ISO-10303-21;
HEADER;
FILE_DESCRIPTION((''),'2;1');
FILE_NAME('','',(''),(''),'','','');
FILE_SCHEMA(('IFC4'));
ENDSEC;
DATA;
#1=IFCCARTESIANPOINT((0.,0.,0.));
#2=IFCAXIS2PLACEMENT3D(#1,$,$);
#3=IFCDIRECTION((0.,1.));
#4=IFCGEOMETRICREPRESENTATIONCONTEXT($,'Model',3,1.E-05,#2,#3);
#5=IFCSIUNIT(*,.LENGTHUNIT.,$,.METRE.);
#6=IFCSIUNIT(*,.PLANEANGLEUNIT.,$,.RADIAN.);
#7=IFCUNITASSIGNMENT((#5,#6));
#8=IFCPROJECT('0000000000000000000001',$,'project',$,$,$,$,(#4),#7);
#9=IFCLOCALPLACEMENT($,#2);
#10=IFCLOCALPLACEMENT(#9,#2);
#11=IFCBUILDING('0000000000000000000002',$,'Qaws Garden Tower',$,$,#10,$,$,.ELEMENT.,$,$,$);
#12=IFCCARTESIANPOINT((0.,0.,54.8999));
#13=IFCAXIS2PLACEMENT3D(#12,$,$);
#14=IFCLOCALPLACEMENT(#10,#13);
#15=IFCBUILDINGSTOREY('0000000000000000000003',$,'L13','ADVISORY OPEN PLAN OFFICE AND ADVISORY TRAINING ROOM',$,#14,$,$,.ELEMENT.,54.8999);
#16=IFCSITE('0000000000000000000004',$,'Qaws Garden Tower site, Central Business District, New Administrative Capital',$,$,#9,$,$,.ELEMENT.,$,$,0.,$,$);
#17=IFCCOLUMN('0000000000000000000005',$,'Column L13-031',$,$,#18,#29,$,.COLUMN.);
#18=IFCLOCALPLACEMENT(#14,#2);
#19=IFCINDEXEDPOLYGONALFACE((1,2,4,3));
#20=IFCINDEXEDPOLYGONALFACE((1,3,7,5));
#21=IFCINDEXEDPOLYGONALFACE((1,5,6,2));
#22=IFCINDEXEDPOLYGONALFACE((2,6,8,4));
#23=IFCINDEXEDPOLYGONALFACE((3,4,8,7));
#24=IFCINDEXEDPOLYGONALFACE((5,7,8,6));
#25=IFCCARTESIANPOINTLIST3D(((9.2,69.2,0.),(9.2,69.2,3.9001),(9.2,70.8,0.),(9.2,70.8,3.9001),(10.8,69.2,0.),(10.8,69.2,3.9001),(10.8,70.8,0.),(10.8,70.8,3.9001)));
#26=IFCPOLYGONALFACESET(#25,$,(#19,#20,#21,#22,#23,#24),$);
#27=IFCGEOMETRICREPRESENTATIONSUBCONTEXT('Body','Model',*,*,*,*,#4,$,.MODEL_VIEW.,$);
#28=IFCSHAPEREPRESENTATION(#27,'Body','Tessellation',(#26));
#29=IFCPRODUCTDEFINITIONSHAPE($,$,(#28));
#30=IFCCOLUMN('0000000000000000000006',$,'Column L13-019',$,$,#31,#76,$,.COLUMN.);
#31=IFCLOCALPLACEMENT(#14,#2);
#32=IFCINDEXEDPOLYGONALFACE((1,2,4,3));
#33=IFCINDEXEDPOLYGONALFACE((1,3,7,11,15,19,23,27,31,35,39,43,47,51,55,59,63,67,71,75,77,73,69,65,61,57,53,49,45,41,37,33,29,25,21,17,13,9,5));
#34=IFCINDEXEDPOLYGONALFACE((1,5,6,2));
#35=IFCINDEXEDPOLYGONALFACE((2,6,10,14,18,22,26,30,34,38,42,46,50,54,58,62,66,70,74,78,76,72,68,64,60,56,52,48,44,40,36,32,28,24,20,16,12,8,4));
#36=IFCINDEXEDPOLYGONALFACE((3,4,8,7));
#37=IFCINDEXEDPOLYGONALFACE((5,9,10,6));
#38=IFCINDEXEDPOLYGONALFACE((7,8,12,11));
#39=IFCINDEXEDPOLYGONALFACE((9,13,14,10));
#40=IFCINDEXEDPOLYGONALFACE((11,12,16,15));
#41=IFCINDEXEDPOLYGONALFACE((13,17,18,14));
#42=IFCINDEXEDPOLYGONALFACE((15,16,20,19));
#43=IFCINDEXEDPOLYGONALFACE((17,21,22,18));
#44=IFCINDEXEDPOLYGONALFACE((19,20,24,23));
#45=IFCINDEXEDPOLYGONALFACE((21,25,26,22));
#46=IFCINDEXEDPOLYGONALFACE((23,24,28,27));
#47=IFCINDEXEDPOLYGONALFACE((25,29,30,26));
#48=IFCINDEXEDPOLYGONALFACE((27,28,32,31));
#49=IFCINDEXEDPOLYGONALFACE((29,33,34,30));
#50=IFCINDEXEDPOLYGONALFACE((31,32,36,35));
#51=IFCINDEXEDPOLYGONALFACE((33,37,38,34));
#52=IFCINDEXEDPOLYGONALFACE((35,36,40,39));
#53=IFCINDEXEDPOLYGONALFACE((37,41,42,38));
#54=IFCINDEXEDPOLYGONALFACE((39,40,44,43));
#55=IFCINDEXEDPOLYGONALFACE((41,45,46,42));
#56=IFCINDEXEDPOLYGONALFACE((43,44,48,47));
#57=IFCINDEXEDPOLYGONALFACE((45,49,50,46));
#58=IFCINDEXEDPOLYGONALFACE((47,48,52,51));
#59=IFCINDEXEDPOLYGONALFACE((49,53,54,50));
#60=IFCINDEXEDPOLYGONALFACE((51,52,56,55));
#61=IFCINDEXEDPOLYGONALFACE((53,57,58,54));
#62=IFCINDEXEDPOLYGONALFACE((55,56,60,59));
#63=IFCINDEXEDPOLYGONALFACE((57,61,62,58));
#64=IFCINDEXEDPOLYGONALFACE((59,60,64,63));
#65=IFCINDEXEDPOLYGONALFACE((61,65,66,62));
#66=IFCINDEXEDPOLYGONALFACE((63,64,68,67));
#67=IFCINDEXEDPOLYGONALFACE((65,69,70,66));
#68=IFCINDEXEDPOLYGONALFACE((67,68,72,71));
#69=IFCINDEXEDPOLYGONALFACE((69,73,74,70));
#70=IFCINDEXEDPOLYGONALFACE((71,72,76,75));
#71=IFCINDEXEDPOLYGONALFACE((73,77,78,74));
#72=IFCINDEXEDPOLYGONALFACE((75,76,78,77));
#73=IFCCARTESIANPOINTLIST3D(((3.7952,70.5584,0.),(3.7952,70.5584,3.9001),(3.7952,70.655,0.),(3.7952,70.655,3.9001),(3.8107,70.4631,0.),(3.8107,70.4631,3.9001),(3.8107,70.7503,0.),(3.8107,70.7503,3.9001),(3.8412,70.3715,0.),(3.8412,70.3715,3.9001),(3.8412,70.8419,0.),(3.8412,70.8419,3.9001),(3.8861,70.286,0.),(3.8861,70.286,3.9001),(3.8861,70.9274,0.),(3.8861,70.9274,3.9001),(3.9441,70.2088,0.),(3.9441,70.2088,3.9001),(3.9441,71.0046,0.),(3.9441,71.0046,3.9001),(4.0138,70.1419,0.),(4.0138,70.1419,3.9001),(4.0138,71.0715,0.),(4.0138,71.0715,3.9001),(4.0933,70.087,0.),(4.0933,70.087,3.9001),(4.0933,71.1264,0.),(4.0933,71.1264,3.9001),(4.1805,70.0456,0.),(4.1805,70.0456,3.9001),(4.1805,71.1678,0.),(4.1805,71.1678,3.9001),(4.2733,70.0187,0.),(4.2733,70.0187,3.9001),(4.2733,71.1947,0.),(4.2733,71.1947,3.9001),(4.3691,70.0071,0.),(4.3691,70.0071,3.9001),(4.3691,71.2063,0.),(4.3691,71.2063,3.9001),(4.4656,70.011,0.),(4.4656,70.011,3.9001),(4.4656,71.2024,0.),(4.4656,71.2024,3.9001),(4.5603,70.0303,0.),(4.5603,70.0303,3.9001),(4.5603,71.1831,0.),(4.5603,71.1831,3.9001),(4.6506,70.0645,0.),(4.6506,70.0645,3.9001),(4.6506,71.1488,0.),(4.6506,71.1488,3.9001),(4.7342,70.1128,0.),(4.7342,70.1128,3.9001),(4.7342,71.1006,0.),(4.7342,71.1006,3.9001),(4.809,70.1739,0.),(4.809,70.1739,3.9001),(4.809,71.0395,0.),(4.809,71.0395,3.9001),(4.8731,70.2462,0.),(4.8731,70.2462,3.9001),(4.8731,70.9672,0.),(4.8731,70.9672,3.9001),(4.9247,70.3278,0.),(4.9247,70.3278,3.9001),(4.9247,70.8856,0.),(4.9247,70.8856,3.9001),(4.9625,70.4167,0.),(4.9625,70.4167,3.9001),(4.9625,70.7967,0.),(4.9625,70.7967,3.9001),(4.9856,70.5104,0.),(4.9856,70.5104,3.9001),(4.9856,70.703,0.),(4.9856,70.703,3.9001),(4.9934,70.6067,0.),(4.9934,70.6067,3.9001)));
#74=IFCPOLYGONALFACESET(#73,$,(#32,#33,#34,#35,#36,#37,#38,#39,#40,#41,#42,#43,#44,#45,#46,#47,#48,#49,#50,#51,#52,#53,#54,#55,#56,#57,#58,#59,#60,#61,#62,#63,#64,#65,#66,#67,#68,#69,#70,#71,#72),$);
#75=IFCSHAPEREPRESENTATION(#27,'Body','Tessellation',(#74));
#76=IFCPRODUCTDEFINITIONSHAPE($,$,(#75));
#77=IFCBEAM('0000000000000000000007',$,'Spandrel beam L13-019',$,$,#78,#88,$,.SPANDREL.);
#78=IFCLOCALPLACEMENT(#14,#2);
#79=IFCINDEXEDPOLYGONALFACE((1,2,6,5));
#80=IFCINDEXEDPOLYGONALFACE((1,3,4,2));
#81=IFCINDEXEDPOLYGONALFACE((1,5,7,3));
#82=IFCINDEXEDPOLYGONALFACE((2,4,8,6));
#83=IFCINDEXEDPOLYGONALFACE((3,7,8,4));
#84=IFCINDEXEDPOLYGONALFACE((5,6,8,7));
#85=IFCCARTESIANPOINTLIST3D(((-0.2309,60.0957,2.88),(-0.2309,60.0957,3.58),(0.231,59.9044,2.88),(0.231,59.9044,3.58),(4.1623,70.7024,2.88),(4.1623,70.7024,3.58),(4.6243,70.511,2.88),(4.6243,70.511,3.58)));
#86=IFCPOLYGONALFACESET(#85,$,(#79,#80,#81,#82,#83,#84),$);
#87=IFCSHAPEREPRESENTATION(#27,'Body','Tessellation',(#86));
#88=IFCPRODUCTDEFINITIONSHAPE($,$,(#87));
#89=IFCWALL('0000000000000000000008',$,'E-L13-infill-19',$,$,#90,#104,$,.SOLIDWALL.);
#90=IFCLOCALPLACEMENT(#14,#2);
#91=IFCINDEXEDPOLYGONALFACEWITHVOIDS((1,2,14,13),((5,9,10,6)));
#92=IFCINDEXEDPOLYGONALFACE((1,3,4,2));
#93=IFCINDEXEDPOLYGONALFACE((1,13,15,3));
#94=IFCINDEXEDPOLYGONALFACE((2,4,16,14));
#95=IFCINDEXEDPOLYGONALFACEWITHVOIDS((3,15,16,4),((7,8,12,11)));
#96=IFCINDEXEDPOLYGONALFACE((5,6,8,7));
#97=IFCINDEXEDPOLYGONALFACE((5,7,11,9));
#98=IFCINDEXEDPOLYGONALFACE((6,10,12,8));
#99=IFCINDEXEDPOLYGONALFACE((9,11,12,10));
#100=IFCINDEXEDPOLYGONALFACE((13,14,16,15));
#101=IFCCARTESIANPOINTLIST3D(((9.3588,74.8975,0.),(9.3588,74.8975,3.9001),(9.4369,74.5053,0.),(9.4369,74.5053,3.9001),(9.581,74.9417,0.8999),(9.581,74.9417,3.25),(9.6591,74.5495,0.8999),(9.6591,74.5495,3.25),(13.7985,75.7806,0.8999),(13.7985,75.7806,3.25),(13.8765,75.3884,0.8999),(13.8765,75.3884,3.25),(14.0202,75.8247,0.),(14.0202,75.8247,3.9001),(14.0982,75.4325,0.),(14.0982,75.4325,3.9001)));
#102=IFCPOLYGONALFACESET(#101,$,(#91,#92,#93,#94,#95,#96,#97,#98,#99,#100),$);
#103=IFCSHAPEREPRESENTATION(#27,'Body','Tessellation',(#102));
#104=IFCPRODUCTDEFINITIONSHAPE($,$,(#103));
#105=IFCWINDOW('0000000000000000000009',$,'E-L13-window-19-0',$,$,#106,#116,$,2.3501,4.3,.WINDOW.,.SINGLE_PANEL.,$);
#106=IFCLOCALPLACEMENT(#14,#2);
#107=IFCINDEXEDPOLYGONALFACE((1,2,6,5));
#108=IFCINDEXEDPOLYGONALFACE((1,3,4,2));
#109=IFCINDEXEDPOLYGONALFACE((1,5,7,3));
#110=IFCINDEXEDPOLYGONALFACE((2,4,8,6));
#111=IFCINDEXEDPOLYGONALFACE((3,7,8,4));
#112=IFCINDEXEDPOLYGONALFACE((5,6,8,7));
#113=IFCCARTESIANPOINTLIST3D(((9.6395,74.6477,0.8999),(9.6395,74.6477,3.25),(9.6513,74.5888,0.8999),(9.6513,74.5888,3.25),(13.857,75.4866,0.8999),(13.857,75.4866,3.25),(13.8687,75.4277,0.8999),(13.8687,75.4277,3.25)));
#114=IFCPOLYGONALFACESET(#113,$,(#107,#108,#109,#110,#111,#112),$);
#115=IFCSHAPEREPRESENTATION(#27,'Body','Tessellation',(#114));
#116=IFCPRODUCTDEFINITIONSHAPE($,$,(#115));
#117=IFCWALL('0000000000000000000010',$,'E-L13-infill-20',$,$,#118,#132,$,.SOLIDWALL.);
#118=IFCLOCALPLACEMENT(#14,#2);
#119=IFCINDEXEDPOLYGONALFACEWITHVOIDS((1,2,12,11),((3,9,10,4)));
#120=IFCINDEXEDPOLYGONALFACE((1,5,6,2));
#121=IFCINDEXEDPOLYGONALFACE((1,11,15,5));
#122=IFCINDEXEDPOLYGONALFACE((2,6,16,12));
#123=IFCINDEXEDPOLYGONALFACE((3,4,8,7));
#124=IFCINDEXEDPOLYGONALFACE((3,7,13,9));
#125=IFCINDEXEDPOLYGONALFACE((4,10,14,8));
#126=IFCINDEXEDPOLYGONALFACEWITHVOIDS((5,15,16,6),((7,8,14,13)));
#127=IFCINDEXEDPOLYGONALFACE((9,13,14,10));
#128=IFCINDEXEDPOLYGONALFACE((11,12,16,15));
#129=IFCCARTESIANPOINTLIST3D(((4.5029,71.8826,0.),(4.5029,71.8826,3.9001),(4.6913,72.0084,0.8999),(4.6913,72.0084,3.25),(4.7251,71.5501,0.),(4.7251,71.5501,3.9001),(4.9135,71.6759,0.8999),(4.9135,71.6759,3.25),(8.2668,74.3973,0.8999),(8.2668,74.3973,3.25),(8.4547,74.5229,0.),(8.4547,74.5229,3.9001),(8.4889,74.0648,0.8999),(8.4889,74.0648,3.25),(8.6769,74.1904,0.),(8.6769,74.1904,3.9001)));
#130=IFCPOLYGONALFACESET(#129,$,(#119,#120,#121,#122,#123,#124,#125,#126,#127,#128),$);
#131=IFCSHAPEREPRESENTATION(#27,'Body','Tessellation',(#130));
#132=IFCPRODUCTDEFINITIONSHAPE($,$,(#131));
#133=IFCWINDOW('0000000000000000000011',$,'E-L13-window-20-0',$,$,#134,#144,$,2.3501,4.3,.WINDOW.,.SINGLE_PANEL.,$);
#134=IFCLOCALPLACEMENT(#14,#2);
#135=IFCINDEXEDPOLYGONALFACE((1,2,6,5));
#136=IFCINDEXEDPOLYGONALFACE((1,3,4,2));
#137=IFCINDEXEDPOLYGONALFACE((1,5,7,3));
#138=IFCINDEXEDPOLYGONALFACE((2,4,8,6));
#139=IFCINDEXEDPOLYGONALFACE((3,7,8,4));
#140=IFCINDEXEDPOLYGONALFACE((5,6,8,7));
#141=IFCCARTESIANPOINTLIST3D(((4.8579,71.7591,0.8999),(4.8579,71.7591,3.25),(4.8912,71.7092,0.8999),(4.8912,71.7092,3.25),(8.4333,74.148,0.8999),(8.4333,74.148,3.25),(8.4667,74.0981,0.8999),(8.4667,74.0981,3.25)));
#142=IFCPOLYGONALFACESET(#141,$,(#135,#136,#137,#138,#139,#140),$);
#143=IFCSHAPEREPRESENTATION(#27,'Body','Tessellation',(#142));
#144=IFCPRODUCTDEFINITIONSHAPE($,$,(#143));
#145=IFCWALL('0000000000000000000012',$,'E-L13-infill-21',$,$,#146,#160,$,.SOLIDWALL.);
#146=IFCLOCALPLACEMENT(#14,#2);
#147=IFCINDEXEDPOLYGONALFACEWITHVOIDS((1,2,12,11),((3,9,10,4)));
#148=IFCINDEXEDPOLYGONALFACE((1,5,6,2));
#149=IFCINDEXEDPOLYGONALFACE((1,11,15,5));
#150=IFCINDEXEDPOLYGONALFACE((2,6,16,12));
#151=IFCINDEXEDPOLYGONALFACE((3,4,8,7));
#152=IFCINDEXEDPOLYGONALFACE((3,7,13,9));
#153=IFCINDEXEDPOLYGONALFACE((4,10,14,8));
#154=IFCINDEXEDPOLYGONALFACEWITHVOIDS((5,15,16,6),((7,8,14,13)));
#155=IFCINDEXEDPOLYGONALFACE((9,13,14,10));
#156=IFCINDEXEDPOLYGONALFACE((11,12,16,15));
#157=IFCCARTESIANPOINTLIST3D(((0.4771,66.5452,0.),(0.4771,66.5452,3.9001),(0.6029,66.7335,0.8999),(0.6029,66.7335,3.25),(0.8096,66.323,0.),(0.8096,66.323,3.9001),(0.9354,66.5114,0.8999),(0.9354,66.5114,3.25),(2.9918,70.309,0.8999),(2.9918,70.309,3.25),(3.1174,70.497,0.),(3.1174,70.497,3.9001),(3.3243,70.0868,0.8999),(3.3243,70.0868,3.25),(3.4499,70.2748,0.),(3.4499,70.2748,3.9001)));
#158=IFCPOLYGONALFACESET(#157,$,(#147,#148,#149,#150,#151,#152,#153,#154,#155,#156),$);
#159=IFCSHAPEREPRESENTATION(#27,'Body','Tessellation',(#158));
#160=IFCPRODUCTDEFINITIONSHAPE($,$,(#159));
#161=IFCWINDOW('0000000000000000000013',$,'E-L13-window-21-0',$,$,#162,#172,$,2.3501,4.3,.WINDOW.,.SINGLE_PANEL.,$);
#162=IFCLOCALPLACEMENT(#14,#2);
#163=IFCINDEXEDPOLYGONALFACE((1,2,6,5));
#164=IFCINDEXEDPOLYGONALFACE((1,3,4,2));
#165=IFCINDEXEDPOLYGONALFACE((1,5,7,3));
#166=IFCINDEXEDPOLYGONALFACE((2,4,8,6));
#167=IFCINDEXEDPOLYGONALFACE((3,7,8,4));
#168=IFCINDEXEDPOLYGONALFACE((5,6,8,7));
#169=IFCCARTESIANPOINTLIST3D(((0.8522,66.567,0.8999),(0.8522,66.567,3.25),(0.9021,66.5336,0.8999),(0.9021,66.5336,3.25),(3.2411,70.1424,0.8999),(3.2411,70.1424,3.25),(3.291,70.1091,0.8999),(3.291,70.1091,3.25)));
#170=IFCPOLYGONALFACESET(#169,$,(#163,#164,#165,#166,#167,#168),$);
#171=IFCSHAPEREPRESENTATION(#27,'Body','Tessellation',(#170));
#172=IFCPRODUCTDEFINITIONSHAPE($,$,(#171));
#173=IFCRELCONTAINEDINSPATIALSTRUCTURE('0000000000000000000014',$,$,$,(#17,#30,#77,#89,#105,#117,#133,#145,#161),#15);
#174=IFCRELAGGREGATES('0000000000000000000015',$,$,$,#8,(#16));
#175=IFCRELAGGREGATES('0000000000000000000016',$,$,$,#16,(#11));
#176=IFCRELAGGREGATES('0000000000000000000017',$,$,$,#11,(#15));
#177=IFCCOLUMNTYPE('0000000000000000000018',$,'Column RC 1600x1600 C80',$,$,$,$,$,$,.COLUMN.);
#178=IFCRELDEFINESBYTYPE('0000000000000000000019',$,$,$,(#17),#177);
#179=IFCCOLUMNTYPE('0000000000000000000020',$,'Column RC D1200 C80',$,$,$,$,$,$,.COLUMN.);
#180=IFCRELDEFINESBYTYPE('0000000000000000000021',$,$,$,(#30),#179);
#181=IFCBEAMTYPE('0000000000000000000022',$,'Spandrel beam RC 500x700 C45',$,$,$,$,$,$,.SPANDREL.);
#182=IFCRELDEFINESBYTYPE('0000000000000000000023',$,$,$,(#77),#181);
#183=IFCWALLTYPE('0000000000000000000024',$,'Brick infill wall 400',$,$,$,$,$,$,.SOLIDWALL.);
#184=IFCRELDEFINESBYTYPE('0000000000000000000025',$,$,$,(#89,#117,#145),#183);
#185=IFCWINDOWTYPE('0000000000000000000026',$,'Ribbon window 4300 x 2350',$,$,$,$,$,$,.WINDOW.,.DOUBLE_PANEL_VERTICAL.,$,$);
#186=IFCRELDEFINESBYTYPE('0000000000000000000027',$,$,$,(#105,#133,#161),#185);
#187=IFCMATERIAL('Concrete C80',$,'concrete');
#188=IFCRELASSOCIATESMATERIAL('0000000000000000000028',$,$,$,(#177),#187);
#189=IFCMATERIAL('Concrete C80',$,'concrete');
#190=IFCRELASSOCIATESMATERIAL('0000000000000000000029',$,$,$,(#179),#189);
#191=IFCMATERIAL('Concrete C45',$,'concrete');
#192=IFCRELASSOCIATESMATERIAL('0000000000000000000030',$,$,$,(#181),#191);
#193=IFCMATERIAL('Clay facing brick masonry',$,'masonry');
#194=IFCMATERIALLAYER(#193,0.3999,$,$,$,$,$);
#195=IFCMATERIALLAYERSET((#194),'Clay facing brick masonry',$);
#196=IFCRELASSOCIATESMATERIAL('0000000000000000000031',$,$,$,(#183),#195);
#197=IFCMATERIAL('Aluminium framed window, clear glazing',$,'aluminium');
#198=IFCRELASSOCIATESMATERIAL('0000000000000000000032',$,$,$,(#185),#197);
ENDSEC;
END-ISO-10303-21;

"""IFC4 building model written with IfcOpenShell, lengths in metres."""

from ifc_helpers import new_model, si_unit, direction, frame, frame_2d, origin, origin_2d, place, context, subcontext, project, spatial, rectangle, circle, extrude, material, layer, layer_set, material_profile, profile_set, type_object, element, fill, save


model = new_model("IFC4")

# Units and contexts
model_context = context("Model", 3, precision=1e-05, world=origin(), true_north=direction((0.0, 1.0)))
body_context = subcontext(model_context, "Body", "Model", "MODEL_VIEW")
ifc_project = project(units=[si_unit("LENGTHUNIT", "METRE"), si_unit("PLANEANGLEUNIT", "RADIAN")], contexts=[model_context])

# Site, building, storey
site_placement = place(None, origin())
site = spatial("IfcSite", under=ifc_project, at=site_placement, Name="Qaws Garden Tower site, Central Business District, New Administrative Capital", CompositionType="ELEMENT", RefElevation=0.0)
building_placement = place(site_placement, origin())
building = spatial("IfcBuilding", under=site, at=building_placement, Name="Qaws Garden Tower", CompositionType="ELEMENT")
storey_placement = place(building_placement, frame((0.0, 0.0, 54.8999)))
storey = spatial("IfcBuildingStorey", under=building, at=storey_placement, Name="L13", Description="ADVISORY OPEN PLAN OFFICE AND ADVISORY TRAINING ROOM", CompositionType="ELEMENT", Elevation=54.8999)

# Columns
ifc_material_1 = material(Name="Concrete C80", Category="concrete")
ifc_material_profile_1 = material_profile(ifc_material_1, rectangle(XDim=1.6001, YDim=1.6001, at=origin_2d()), Name="RC 1600x1600")
ifc_profile_set_1 = profile_set([ifc_material_profile_1], Name="Concrete C80")
column_type_1 = type_object("IfcColumnType", Name="Column RC 1600x1600 C80", PredefinedType="COLUMN", material=ifc_profile_set_1)
column_1_placement = place(storey_placement, frame((10.0, 70.0, 0.0), z_axis=(0.0, 0.0, 1.0), x_axis=(1.0, 0.0, 0.0)))
element("IfcColumn", 1, at=column_1_placement, inside=storey, type_object=column_type_1, Name="Column L13-031", PredefinedType="COLUMN", context=body_context, shape_type="SweptSolid", body=[
    extrude(rectangle(XDim=1.6001, YDim=1.6001, at=origin_2d()), origin(), (0.0, 0.0, 1.0), 3.9001),
])
ifc_material_2 = material(Name="Concrete C80", Category="concrete")
ifc_material_profile_2 = material_profile(ifc_material_2, circle(Radius=0.6001, at=origin_2d()), Name="RC D1200")
ifc_profile_set_2 = profile_set([ifc_material_profile_2], Name="Concrete C80")
column_type_2 = type_object("IfcColumnType", Name="Column RC D1200 C80", PredefinedType="COLUMN", material=ifc_profile_set_2)
column_2_placement = place(storey_placement, frame((4.3933, 70.6067, 0.0), z_axis=(0.0, 0.0, 1.0), x_axis=(1.0, 0.0, 0.0)))
element("IfcColumn", 2, at=column_2_placement, inside=storey, type_object=column_type_2, Name="Column L13-019", PredefinedType="COLUMN", context=body_context, shape_type="SweptSolid", body=[
    extrude(circle(Radius=0.6001, at=origin_2d()), origin(), (0.0, 0.0, 1.0), 3.9001),
])

# Beam
ifc_material_3 = material(Name="Concrete C45", Category="concrete")
ifc_material_profile_3 = material_profile(ifc_material_3, rectangle(XDim=0.5, YDim=0.7, at=origin_2d()), Name="RC 500x700")
ifc_profile_set_3 = profile_set([ifc_material_profile_3], Name="Concrete C45")
beam_type = type_object("IfcBeamType", Name="Spandrel beam RC 500x700 C45", PredefinedType="SPANDREL", material=ifc_profile_set_3)
beam_placement = place(storey_placement, frame((4.3933, 70.6067, 3.23), z_axis=(-0.382674, -0.923883, 0.0), x_axis=(0.923883, -0.382674, 0.0)))
element("IfcBeam", 3, at=beam_placement, inside=storey, type_object=beam_type, Name="Spandrel beam L13-019", PredefinedType="SPANDREL", context=body_context, shape_type="SweptSolid", body=[
    extrude(rectangle(XDim=0.5, YDim=0.7, at=origin_2d()), origin(), (0.0, 0.0, 1.0), 11.4805),
])

# Walls, openings, windows
ifc_material_4 = material(Name="Clay facing brick masonry", Category="masonry")
ifc_layer_1 = layer(ifc_material_4, 0.3999)
ifc_layer_set_1 = layer_set([ifc_layer_1], Name="Clay facing brick masonry")
wall_type_1 = type_object("IfcWallType", Name="Brick infill wall 400", PredefinedType="SOLIDWALL", material=ifc_layer_set_1)
wall_1_placement = place(storey_placement, frame((14.0593, 75.6287, 0.0), z_axis=(0.0, 0.0, 1.0), x_axis=(-0.980784, -0.195099, 0.0)))
wall_1 = element("IfcWall", 4, at=wall_1_placement, inside=storey, type_object=wall_type_1, Name="E-L13-infill-19", PredefinedType="SOLIDWALL", context=body_context, shape_type="SweptSolid", body=[
    extrude(rectangle(XDim=4.7527, YDim=0.3999, at=frame_2d((2.3765, 0.0))), origin(), (0.0, 0.0, 1.0), 3.9001),
])
opening_1_placement = place(wall_1_placement, frame((0.2263, 0.0, 0.8999)))
opening_1 = element("IfcOpeningElement", 5, at=opening_1_placement, cuts=wall_1, PredefinedType="OPENING", context=body_context, shape_type="SweptSolid", body=[
    extrude(rectangle(XDim=4.3, YDim=2.3501, at=frame_2d((2.1499, 1.175))), frame((0.0, 0.21, 0.0), z_axis=(0.0, -1.0, 0.0), x_axis=(1.0, 0.0, 0.0)), (0.0, 0.0, 1.0), 0.4199),
])
ifc_material_5 = material(Name="Aluminium framed window, clear glazing", Category="aluminium")
window_type = type_object("IfcWindowType", Name="Ribbon window 4300 x 2350", PartitioningType="DOUBLE_PANEL_VERTICAL", PredefinedType="WINDOW", material=ifc_material_5)
window_1_placement = place(opening_1_placement, origin())
window_1 = element("IfcWindow", 6, at=window_1_placement, inside=storey, type_object=window_type, Name="E-L13-window-19-0", OverallHeight=2.3501, OverallWidth=4.3, PartitioningType="SINGLE_PANEL", PredefinedType="WINDOW", context=body_context, shape_type="SweptSolid", body=[
    extrude(rectangle(XDim=4.3, YDim=2.3501, at=frame_2d((2.1499, 1.175))), frame((0.0, 0.1599, 0.0), z_axis=(0.0, -1.0, 0.0), x_axis=(1.0, 0.0, 0.0)), (0.0, 0.0, 1.0), 0.0601),
])
fill(opening_1, window_1)
wall_2_placement = place(storey_placement, frame((8.5659, 74.3567, 0.0), z_axis=(0.0, 0.0, 1.0), x_axis=(-0.831489, -0.555542, 0.0)))
wall_2 = element("IfcWall", 7, at=wall_2_placement, inside=storey, type_object=wall_type_1, Name="E-L13-infill-20", PredefinedType="SOLIDWALL", context=body_context, shape_type="SweptSolid", body=[
    extrude(rectangle(XDim=4.7527, YDim=0.3999, at=frame_2d((2.3765, 0.0))), origin(), (0.0, 0.0, 1.0), 3.9001),
])
opening_2_placement = place(wall_2_placement, frame((0.2263, 0.0, 0.8999)))
opening_2 = element("IfcOpeningElement", 8, at=opening_2_placement, cuts=wall_2, PredefinedType="OPENING", context=body_context, shape_type="SweptSolid", body=[
    extrude(rectangle(XDim=4.3, YDim=2.3501, at=frame_2d((2.1499, 1.175))), frame((0.0, 0.21, 0.0), z_axis=(0.0, -1.0, 0.0), x_axis=(1.0, 0.0, 0.0)), (0.0, 0.0, 1.0), 0.4199),
])
window_2_placement = place(opening_2_placement, origin())
window_2 = element("IfcWindow", 9, at=window_2_placement, inside=storey, type_object=window_type, Name="E-L13-window-20-0", OverallHeight=2.3501, OverallWidth=4.3, PartitioningType="SINGLE_PANEL", PredefinedType="WINDOW", context=body_context, shape_type="SweptSolid", body=[
    extrude(rectangle(XDim=4.3, YDim=2.3501, at=frame_2d((2.1499, 1.175))), frame((0.0, 0.1599, 0.0), z_axis=(0.0, -1.0, 0.0), x_axis=(1.0, 0.0, 0.0)), (0.0, 0.0, 1.0), 0.0601),
])
fill(opening_2, window_2)
wall_3_placement = place(storey_placement, frame((3.2837, 70.386, 0.0), z_axis=(0.0, 0.0, 1.0), x_axis=(-0.555542, -0.831489, 0.0)))
wall_3 = element("IfcWall", 10, at=wall_3_placement, inside=storey, type_object=wall_type_1, Name="E-L13-infill-21", PredefinedType="SOLIDWALL", context=body_context, shape_type="SweptSolid", body=[
    extrude(rectangle(XDim=4.7527, YDim=0.3999, at=frame_2d((2.3765, 0.0))), origin(), (0.0, 0.0, 1.0), 3.9001),
])
opening_3_placement = place(wall_3_placement, frame((0.2263, 0.0, 0.8999)))
opening_3 = element("IfcOpeningElement", 11, at=opening_3_placement, cuts=wall_3, PredefinedType="OPENING", context=body_context, shape_type="SweptSolid", body=[
    extrude(rectangle(XDim=4.3, YDim=2.3501, at=frame_2d((2.1499, 1.175))), frame((0.0, 0.21, 0.0), z_axis=(0.0, -1.0, 0.0), x_axis=(1.0, 0.0, 0.0)), (0.0, 0.0, 1.0), 0.4199),
])
window_3_placement = place(opening_3_placement, origin())
window_3 = element("IfcWindow", 12, at=window_3_placement, inside=storey, type_object=window_type, Name="E-L13-window-21-0", OverallHeight=2.3501, OverallWidth=4.3, PartitioningType="SINGLE_PANEL", PredefinedType="WINDOW", context=body_context, shape_type="SweptSolid", body=[
    extrude(rectangle(XDim=4.3, YDim=2.3501, at=frame_2d((2.1499, 1.175))), frame((0.0, 0.1599, 0.0), z_axis=(0.0, -1.0, 0.0), x_axis=(1.0, 0.0, 0.0)), (0.0, 0.0, 1.0), 0.0601),
])
fill(opening_3, window_3)

save(model, "model.ifc")
